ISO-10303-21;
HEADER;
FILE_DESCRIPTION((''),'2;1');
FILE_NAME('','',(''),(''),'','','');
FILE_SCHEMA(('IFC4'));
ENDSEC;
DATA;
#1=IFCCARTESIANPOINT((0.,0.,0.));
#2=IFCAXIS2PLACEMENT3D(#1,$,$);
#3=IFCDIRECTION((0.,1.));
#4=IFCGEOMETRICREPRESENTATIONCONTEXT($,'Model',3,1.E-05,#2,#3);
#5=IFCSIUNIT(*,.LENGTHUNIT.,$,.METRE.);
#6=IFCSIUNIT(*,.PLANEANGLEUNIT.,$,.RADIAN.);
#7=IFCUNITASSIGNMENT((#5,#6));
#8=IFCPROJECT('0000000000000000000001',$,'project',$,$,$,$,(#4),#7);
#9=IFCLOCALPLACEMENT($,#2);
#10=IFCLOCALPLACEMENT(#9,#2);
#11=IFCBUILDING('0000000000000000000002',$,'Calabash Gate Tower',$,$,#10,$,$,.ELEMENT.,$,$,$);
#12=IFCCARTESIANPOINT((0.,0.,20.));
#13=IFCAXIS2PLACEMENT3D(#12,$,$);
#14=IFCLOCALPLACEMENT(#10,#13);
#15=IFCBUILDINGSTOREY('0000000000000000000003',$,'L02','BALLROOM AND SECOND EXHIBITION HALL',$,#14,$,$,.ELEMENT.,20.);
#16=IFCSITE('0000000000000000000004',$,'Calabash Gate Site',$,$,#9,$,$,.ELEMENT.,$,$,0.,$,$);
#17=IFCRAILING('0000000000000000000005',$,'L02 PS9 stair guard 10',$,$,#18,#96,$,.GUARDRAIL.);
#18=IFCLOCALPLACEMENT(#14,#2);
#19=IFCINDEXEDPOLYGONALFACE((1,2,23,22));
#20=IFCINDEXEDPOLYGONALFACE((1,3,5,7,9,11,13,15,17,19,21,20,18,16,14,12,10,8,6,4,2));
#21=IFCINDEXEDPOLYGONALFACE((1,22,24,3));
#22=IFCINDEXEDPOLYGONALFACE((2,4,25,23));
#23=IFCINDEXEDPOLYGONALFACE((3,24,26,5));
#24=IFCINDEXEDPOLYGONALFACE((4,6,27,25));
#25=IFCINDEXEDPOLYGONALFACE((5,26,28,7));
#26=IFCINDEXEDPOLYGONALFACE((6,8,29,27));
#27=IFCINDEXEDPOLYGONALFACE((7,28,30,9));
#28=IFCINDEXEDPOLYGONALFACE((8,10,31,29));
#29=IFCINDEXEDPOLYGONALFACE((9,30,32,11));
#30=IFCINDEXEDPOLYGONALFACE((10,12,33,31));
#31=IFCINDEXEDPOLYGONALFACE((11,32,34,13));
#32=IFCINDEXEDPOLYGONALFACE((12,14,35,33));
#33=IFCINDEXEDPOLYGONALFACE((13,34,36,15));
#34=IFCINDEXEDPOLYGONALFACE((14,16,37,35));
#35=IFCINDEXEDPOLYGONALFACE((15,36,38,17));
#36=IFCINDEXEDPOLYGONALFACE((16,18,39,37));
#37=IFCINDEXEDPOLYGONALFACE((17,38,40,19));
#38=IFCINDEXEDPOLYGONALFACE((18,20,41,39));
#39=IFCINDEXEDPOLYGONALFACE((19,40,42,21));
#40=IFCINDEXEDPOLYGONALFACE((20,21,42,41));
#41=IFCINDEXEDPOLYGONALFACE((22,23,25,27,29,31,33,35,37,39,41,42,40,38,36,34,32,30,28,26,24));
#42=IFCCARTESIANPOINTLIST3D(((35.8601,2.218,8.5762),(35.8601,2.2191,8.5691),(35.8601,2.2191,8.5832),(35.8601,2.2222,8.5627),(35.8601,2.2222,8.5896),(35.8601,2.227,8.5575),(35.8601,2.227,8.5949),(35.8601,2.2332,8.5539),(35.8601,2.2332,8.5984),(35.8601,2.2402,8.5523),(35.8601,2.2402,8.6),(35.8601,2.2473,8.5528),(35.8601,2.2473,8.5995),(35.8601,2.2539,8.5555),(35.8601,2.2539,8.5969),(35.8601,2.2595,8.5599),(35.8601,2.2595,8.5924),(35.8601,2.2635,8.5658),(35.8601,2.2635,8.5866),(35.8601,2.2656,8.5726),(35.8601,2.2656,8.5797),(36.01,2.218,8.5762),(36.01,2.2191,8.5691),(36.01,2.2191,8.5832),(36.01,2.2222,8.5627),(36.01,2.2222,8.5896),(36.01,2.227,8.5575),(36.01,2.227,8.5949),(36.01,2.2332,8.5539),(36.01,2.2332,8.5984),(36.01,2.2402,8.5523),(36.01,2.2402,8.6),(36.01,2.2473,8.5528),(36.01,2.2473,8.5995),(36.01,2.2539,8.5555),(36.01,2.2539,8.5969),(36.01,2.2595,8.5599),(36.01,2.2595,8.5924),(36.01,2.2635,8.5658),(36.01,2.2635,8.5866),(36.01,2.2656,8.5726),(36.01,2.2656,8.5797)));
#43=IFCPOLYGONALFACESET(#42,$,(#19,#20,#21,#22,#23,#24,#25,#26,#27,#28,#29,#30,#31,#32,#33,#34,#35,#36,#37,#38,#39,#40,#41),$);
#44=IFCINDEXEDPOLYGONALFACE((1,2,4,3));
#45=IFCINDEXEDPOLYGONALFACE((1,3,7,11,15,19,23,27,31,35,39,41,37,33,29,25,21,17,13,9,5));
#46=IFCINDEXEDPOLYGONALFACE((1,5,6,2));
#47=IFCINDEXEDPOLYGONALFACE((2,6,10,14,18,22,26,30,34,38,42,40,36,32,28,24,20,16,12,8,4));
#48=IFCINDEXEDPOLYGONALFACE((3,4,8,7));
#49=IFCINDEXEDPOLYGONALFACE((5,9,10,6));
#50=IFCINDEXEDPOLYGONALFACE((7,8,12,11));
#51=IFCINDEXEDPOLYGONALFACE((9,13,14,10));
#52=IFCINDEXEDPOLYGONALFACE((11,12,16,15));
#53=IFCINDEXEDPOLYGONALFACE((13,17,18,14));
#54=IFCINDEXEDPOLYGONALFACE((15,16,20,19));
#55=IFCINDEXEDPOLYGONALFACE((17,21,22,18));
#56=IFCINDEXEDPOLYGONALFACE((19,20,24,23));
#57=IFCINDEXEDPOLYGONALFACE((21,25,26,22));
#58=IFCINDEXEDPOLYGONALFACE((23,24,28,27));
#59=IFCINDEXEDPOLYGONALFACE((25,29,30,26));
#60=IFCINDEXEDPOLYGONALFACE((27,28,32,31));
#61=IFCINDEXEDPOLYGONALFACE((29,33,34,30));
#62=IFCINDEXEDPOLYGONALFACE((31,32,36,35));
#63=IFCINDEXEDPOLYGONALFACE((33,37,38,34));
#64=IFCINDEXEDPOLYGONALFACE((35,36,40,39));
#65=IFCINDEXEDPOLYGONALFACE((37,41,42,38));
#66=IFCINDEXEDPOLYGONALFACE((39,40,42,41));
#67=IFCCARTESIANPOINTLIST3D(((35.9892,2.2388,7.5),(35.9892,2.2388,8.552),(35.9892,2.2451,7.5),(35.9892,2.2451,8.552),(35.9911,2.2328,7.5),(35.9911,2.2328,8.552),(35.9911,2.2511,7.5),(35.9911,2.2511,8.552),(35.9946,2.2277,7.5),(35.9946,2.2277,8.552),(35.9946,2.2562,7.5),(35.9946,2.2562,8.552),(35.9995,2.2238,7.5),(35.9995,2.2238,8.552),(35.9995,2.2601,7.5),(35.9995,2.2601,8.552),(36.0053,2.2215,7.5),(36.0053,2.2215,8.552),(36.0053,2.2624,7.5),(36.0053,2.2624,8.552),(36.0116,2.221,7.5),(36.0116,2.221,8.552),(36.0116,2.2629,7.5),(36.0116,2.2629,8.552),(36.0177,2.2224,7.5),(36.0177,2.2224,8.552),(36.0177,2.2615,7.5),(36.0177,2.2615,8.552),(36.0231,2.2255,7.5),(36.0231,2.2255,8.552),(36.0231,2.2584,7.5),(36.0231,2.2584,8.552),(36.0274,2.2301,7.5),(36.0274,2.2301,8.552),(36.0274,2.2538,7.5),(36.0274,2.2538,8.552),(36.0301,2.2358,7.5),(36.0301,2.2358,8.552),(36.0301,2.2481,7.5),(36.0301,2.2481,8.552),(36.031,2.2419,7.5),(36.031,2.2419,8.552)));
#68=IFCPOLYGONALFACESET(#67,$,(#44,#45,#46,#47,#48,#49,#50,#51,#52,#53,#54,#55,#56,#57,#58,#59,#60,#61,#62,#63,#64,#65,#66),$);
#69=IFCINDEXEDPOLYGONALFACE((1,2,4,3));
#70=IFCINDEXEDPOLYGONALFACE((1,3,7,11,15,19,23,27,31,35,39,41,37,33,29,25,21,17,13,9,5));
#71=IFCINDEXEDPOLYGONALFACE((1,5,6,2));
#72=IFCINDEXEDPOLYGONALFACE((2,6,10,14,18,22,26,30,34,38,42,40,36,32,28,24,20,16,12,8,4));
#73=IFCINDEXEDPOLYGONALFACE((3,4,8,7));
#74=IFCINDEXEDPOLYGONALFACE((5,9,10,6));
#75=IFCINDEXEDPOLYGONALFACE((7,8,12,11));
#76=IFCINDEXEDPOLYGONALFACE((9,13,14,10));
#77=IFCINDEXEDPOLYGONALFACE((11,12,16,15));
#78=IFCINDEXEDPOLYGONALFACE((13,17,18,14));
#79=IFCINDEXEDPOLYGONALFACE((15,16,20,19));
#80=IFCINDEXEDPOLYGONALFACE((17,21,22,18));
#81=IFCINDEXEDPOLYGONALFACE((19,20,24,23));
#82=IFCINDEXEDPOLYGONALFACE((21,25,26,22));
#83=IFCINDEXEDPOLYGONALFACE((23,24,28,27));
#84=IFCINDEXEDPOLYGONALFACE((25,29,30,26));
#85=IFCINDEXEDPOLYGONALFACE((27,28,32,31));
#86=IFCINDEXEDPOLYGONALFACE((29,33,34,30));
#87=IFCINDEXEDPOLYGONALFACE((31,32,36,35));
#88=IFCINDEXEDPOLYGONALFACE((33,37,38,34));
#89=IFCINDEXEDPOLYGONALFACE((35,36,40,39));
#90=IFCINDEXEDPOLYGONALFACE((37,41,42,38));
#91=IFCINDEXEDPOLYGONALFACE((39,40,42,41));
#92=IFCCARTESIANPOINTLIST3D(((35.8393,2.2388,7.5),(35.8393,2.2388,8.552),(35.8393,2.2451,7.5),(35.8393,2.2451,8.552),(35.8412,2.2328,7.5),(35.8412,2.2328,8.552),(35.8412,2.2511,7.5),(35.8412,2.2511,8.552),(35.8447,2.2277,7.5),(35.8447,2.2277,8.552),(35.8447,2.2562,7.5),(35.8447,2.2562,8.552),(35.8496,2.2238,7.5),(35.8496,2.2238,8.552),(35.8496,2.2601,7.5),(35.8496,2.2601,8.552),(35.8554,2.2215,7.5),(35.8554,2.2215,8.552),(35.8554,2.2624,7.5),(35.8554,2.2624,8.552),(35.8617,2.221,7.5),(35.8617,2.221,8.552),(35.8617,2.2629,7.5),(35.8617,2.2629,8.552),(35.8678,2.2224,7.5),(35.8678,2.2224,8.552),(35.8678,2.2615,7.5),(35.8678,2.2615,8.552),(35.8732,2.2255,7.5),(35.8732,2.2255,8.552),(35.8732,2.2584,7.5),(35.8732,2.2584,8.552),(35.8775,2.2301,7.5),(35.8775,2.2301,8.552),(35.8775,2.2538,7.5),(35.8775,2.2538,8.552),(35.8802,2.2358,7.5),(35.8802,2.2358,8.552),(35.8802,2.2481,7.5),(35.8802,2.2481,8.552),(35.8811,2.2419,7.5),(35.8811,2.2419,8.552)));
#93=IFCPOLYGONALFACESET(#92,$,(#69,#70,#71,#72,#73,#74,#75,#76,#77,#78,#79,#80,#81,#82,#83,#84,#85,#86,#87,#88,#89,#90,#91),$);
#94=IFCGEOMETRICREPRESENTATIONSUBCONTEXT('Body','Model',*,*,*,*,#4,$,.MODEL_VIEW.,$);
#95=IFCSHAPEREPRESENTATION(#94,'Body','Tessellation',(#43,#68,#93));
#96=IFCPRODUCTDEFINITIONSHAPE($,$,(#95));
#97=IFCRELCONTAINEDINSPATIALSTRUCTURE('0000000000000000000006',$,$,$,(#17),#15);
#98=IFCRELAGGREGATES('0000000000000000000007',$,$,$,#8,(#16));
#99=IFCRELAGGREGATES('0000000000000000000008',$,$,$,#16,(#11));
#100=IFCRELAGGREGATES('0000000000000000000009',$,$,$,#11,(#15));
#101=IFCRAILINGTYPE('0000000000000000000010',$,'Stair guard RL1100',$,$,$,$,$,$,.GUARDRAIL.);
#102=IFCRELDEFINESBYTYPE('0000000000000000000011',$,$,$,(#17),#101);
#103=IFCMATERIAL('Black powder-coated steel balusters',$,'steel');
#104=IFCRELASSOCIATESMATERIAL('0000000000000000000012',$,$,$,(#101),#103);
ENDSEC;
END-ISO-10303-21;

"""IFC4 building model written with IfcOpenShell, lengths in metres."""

from ifc_helpers import new_model, si_unit, direction, frame, origin, origin_2d, place, context, subcontext, project, spatial, circle, extrude, material, type_object, element, save


model = new_model("IFC4")

# Units and contexts
model_context = context("Model", 3, precision=1e-05, world=origin(), true_north=direction((0.0, 1.0)))
body_context = subcontext(model_context, "Body", "Model", "MODEL_VIEW")
ifc_project = project(units=[si_unit("LENGTHUNIT", "METRE"), si_unit("PLANEANGLEUNIT", "RADIAN")], contexts=[model_context])

# Site, building, storey
site_placement = place(None, origin())
site = spatial("IfcSite", under=ifc_project, at=site_placement, Name="Calabash Gate Site", CompositionType="ELEMENT", RefElevation=0.0)
building_placement = place(site_placement, origin())
building = spatial("IfcBuilding", under=site, at=building_placement, Name="Calabash Gate Tower", CompositionType="ELEMENT")
storey_placement = place(building_placement, frame((0.0, 0.0, 20.0)))
storey = spatial("IfcBuildingStorey", under=building, at=storey_placement, Name="L02", Description="BALLROOM AND SECOND EXHIBITION HALL", CompositionType="ELEMENT", Elevation=20.0)

# Railing
ifc_material_1 = material(Name="Black powder-coated steel balusters", Category="steel")
railing_type = type_object("IfcRailingType", Name="Stair guard RL1100", PredefinedType="GUARDRAIL", material=ifc_material_1)
railing_1_placement = place(storey_placement, frame((36.01, 2.2419, 7.5)))
element("IfcRailing", 1, at=railing_1_placement, inside=storey, type_object=railing_type, Name="L02 PS9 stair guard 10", PredefinedType="GUARDRAIL", context=body_context, shape_type="SweptSolid", body=[
    extrude(circle(Radius=0.0239, at=origin_2d()), frame((0.0, 0.0, 1.0762), z_axis=(-1.0, 0.0, 0.0), x_axis=(0.0, -1.0, 0.0)), (0.0, 0.0, 1.0), 0.1499),
    extrude(circle(Radius=0.021, at=origin_2d()), origin(), (0.0, 0.0, 1.0), 1.052),
    extrude(circle(Radius=0.021, at=origin_2d()), frame((-0.1499, 0.0, 0.0)), (0.0, 0.0, 1.0), 1.052),
])

save(model, "model.ifc")
